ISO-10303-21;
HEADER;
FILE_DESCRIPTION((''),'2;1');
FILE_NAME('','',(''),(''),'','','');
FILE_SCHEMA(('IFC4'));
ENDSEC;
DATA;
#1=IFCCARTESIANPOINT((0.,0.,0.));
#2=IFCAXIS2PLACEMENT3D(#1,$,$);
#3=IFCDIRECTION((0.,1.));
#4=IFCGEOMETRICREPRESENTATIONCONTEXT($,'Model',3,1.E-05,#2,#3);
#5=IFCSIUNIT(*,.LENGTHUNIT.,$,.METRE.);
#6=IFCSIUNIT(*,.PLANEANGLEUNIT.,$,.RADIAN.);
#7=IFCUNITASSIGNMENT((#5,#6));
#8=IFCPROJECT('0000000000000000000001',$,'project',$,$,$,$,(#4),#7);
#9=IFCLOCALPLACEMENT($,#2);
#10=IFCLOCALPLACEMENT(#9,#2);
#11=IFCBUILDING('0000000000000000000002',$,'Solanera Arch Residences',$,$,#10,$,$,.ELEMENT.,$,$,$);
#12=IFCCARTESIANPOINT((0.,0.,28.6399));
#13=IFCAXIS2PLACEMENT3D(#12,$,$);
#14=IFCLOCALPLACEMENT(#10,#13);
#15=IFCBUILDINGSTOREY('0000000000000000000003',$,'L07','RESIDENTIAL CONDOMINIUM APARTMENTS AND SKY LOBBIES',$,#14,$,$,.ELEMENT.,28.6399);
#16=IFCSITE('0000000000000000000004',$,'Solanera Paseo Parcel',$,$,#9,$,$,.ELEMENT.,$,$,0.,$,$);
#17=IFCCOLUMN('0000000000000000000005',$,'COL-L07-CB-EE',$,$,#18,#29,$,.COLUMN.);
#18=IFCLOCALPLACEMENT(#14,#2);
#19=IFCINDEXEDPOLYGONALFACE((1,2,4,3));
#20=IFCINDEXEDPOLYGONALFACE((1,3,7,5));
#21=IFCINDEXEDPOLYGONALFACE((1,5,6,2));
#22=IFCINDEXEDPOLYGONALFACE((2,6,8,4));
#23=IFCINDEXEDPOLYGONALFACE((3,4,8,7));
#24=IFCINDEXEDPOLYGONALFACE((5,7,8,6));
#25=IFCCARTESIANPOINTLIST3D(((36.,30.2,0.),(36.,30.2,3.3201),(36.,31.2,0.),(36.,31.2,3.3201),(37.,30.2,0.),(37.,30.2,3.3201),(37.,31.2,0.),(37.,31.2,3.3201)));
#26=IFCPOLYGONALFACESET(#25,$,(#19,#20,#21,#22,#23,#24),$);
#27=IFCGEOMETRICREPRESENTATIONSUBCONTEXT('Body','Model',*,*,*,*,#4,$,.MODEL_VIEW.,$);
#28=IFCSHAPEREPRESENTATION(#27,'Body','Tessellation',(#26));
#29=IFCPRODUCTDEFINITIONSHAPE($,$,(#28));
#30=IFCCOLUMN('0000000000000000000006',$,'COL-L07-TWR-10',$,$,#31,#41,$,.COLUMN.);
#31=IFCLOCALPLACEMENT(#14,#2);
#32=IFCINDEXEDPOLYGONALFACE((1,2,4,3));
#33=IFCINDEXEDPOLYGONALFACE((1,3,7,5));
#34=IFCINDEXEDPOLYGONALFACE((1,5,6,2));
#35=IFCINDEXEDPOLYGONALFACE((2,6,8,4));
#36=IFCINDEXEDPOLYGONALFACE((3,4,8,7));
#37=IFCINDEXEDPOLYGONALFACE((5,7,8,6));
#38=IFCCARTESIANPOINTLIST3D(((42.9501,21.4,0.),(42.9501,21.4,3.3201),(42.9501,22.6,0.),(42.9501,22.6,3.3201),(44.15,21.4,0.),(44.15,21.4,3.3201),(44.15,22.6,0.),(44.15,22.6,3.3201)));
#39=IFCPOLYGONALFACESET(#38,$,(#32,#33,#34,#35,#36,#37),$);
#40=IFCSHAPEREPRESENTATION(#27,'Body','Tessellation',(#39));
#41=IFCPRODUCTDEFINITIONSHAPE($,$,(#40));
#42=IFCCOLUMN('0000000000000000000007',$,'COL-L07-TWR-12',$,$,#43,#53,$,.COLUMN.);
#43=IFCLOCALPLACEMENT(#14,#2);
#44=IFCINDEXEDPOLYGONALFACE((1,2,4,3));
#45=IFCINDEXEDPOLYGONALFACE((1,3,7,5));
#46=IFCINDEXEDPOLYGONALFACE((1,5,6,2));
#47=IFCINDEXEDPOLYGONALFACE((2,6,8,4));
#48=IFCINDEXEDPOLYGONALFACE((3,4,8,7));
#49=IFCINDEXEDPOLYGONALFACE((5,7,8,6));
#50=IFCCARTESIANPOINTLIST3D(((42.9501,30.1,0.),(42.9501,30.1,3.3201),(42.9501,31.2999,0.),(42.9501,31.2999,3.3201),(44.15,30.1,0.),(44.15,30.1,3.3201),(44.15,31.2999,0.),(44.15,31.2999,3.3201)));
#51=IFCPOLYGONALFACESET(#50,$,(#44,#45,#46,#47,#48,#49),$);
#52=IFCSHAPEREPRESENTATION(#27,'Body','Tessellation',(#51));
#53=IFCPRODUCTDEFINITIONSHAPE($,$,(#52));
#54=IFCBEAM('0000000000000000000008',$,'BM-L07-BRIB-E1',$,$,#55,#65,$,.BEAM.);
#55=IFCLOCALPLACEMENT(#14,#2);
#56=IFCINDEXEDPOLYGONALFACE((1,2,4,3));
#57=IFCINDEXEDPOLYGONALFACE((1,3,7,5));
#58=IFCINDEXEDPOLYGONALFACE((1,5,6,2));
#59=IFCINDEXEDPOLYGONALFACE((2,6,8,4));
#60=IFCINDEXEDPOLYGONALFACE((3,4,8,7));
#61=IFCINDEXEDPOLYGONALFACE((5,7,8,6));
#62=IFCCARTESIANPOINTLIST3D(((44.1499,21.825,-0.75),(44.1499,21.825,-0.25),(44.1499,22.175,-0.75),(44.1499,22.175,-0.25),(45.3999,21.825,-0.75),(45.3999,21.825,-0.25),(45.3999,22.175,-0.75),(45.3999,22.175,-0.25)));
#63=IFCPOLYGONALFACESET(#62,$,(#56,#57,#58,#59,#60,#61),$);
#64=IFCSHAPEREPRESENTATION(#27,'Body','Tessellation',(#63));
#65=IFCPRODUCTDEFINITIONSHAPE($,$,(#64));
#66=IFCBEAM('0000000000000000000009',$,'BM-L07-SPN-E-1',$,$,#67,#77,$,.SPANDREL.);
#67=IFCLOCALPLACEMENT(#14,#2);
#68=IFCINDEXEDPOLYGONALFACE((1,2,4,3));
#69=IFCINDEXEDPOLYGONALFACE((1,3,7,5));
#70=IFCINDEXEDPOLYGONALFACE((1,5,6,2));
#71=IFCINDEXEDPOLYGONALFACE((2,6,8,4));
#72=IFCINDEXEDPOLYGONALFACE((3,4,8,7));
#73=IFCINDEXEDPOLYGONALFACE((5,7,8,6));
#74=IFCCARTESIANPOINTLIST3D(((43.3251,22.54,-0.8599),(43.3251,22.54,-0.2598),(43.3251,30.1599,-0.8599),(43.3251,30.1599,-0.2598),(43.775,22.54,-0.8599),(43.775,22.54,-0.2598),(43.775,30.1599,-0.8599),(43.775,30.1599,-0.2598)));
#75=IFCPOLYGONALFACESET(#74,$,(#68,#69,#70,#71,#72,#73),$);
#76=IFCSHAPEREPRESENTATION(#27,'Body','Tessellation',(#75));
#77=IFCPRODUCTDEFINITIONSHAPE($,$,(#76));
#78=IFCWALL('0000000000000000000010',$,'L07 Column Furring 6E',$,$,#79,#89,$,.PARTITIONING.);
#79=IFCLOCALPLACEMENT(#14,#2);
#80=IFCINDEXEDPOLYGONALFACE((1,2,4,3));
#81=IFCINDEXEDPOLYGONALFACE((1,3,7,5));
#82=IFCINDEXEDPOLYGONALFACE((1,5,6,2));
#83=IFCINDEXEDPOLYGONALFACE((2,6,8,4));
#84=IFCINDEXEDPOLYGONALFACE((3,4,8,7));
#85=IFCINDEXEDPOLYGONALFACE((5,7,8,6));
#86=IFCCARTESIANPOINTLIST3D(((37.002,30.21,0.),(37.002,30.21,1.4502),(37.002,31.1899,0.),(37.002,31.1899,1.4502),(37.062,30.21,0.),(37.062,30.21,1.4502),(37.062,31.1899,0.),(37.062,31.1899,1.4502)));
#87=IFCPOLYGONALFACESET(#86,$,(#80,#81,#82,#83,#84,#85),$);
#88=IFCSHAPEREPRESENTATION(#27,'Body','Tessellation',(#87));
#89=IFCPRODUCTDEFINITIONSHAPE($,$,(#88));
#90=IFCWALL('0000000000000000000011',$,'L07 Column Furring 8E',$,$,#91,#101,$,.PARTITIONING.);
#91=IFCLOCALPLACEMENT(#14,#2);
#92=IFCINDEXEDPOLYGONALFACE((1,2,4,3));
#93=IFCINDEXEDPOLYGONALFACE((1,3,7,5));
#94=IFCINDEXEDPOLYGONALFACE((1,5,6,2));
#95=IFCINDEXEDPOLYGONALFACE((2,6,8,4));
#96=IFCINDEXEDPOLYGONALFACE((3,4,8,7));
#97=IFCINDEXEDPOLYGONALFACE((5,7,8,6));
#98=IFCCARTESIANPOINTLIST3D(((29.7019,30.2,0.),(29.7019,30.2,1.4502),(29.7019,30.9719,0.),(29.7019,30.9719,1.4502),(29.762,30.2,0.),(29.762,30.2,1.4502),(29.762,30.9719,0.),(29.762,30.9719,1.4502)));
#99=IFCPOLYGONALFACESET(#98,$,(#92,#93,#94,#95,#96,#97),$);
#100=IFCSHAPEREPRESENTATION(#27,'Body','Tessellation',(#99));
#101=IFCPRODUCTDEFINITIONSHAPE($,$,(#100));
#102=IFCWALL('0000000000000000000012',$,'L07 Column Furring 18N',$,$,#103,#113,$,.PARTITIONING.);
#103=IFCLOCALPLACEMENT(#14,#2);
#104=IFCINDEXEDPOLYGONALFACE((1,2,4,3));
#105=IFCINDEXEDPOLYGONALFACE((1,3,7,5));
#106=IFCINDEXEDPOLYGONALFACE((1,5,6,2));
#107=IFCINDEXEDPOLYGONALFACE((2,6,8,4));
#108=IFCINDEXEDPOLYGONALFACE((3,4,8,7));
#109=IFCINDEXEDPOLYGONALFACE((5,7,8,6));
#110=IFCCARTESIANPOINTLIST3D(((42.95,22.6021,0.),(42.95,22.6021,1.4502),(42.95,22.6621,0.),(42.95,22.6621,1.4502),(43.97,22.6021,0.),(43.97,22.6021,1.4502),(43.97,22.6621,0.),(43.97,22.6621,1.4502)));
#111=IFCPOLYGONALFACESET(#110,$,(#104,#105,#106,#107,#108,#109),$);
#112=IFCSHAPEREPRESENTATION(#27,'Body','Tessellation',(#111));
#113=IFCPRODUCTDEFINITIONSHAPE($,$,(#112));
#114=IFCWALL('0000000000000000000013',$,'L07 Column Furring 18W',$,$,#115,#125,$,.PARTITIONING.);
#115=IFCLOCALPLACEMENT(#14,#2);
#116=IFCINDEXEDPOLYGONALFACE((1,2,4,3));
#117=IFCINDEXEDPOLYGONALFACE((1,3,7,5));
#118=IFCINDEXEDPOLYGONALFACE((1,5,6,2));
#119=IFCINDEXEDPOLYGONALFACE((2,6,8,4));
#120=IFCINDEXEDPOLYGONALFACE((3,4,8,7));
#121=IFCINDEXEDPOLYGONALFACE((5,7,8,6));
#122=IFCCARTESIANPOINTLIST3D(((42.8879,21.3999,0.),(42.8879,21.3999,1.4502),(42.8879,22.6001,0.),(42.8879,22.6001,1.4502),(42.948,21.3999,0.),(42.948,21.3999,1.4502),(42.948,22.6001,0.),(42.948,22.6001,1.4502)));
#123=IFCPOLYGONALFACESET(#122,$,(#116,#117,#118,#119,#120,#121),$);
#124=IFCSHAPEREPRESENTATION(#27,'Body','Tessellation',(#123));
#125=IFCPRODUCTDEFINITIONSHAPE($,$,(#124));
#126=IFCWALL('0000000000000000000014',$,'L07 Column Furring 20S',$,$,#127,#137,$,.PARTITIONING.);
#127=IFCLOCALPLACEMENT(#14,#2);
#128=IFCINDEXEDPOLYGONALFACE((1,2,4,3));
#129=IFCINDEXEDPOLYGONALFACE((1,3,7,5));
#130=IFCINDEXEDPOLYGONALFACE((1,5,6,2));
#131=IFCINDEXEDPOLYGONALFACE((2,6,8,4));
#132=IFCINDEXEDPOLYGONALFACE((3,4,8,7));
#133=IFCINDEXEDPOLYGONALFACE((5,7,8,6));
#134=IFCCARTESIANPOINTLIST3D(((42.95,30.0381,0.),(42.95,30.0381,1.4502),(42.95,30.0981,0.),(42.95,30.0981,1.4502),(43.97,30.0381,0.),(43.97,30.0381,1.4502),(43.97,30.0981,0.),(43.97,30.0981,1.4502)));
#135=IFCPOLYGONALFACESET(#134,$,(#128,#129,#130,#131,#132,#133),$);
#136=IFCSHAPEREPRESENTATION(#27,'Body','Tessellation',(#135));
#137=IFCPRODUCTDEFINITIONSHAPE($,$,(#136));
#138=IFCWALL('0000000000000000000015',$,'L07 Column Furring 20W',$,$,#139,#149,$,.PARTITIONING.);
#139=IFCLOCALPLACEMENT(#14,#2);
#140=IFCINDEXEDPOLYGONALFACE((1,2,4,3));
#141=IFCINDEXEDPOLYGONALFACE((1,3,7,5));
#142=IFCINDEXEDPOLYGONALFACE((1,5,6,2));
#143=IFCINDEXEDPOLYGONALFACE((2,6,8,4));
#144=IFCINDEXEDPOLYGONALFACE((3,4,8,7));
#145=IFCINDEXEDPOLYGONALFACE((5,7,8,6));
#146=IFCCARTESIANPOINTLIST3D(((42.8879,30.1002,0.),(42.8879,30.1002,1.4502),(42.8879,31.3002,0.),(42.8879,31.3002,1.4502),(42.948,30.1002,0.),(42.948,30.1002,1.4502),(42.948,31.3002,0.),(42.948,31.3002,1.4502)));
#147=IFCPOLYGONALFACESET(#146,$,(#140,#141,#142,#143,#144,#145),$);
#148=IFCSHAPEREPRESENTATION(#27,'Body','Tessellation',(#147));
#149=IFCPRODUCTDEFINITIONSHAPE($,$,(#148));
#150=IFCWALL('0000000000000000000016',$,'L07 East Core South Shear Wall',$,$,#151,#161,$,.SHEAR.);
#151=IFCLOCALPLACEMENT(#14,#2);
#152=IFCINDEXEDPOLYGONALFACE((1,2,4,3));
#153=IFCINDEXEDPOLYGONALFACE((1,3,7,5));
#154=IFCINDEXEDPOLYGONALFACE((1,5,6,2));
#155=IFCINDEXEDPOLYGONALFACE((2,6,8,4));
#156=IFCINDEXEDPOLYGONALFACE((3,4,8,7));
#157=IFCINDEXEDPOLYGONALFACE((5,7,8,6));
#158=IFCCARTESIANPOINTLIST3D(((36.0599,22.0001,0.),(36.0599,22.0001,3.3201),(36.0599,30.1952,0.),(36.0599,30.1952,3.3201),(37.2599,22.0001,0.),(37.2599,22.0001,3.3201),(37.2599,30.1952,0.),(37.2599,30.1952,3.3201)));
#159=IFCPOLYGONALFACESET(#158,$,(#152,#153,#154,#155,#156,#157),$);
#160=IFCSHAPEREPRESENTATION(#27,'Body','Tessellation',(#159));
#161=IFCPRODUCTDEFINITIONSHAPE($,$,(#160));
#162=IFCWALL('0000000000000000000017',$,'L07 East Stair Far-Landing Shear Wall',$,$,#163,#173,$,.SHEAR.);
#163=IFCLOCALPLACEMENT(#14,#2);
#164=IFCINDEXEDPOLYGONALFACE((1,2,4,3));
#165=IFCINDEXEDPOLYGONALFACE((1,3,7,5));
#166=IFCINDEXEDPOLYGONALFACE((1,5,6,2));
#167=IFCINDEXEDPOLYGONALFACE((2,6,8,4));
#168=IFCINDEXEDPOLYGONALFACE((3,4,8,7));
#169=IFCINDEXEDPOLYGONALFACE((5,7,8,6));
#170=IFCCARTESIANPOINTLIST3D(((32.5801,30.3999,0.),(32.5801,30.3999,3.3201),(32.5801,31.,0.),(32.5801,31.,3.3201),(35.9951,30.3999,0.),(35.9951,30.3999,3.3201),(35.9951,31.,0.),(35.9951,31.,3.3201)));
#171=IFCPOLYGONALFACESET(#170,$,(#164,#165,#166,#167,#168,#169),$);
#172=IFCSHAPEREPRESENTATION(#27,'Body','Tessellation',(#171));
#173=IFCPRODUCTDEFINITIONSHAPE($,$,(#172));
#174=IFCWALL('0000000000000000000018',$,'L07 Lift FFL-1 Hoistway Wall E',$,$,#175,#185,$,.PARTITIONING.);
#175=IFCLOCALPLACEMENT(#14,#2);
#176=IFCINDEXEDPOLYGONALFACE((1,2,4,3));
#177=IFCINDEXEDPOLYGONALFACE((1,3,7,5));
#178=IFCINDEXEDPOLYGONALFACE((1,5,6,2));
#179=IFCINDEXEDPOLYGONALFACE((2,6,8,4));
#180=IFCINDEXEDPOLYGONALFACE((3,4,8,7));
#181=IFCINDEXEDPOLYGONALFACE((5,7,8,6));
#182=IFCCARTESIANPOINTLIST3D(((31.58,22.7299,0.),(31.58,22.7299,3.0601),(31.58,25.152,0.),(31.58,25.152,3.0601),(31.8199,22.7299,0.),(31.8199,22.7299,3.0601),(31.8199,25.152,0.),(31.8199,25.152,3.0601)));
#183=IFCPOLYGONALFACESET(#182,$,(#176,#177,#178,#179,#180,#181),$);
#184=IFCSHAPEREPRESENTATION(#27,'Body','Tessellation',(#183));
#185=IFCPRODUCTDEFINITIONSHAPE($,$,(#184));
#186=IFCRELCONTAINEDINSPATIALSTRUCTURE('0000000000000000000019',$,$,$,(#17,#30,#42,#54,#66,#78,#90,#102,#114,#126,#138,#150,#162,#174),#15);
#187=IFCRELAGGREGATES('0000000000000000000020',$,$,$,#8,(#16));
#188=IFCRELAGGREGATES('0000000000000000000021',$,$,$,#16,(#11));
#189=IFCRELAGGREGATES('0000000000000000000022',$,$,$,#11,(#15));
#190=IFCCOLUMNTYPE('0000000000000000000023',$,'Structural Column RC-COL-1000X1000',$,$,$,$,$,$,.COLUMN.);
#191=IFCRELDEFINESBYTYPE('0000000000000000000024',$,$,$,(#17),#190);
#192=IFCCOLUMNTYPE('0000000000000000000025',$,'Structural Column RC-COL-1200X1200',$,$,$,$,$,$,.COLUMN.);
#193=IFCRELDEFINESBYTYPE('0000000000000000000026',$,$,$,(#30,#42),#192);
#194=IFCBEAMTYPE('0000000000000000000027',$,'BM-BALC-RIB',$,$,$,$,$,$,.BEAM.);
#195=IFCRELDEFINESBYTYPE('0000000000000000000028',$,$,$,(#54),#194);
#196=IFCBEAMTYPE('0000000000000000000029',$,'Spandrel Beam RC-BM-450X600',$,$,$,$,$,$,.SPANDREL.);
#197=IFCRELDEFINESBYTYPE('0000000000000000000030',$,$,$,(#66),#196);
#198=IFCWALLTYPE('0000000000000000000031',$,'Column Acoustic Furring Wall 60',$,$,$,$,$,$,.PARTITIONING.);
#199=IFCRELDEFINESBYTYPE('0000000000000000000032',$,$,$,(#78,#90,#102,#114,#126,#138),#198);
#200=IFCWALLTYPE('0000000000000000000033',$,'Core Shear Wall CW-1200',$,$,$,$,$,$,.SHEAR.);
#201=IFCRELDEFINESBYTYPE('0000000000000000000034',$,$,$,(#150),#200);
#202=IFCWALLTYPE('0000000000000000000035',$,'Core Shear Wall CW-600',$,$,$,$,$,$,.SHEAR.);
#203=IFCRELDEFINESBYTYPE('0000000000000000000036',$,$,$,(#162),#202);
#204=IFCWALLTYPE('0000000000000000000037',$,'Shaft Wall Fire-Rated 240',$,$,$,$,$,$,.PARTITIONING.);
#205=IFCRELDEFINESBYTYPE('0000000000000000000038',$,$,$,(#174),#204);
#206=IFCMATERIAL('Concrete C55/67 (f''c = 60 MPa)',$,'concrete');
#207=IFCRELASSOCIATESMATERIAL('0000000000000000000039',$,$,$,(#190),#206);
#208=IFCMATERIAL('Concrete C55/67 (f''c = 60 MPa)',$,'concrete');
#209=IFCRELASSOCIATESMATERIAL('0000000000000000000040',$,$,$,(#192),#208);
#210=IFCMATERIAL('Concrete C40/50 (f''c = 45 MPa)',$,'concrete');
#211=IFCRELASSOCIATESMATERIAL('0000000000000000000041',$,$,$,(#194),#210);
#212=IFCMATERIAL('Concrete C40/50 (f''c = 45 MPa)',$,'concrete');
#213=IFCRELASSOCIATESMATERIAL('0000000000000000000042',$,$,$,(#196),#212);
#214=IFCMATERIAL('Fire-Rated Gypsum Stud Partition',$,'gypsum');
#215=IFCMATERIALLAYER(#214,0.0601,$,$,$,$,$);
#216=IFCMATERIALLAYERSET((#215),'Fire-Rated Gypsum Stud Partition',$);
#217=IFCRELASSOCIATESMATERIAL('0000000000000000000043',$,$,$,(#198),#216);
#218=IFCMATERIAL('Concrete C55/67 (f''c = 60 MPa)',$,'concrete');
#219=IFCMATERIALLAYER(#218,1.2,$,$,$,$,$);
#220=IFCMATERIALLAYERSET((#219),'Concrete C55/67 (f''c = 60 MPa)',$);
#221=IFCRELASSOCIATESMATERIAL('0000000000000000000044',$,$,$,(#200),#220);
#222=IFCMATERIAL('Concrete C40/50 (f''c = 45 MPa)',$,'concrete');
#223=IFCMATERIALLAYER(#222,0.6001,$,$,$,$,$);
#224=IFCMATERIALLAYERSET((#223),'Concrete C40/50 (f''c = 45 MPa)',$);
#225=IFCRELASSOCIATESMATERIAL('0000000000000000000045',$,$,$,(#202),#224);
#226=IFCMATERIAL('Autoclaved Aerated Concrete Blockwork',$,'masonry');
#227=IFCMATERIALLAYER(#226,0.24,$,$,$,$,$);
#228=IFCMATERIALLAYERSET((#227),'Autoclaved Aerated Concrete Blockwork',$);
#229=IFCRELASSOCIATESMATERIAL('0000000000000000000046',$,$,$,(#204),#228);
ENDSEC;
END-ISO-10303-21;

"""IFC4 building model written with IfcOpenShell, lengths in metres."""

from ifc_helpers import new_model, si_unit, direction, frame, frame_2d, origin, origin_2d, place, context, subcontext, project, spatial, rectangle, extrude, material, layer, layer_set, material_profile, profile_set, type_object, element, save


model = new_model("IFC4")

# Units and contexts
model_context = context("Model", 3, precision=1e-05, world=origin(), true_north=direction((0.0, 1.0)))
body_context = subcontext(model_context, "Body", "Model", "MODEL_VIEW")
ifc_project = project(units=[si_unit("LENGTHUNIT", "METRE"), si_unit("PLANEANGLEUNIT", "RADIAN")], contexts=[model_context])

# Site, building, storey
site_placement = place(None, origin())
site = spatial("IfcSite", under=ifc_project, at=site_placement, Name="Solanera Paseo Parcel", CompositionType="ELEMENT", RefElevation=0.0)
building_placement = place(site_placement, origin())
building = spatial("IfcBuilding", under=site, at=building_placement, Name="Solanera Arch Residences", CompositionType="ELEMENT")
storey_placement = place(building_placement, frame((0.0, 0.0, 28.6399)))
storey = spatial("IfcBuildingStorey", under=building, at=storey_placement, Name="L07", Description="RESIDENTIAL CONDOMINIUM APARTMENTS AND SKY LOBBIES", CompositionType="ELEMENT", Elevation=28.6399)

# Columns
ifc_material_1 = material(Name="Concrete C55/67 (f'c = 60 MPa)", Category="concrete")
ifc_material_profile_1 = material_profile(ifc_material_1, rectangle(XDim=1.0, YDim=1.0, at=origin_2d()))
ifc_profile_set_1 = profile_set([ifc_material_profile_1], Name="Concrete C55/67 (f'c = 60 MPa)")
column_type_1 = type_object("IfcColumnType", Name="Structural Column RC-COL-1000X1000", PredefinedType="COLUMN", material=ifc_profile_set_1)
column_placement = place(storey_placement, frame((36.5, 30.7, 0.0), z_axis=(0.0, 0.0, 1.0), x_axis=(1.0, 0.0, 0.0)))
element("IfcColumn", 1, at=column_placement, inside=storey, type_object=column_type_1, Name="COL-L07-CB-EE", PredefinedType="COLUMN", context=body_context, shape_type="SweptSolid", body=[
    extrude(rectangle(XDim=1.0, YDim=1.0, at=origin_2d()), origin(), (0.0, 0.0, 1.0), 3.3201),
])
ifc_material_2 = material(Name="Concrete C55/67 (f'c = 60 MPa)", Category="concrete")
ifc_material_profile_2 = material_profile(ifc_material_2, rectangle(XDim=1.2, YDim=1.2, at=origin_2d()))
ifc_profile_set_2 = profile_set([ifc_material_profile_2], Name="Concrete C55/67 (f'c = 60 MPa)")
column_type_2 = type_object("IfcColumnType", Name="Structural Column RC-COL-1200X1200", PredefinedType="COLUMN", material=ifc_profile_set_2)
for number, where, z_axis, x_axis, name in (
    (2, (43.55, 22.0, 0.0), (0.0, 0.0, 1.0), (1.0, 0.0, 0.0), "COL-L07-TWR-10"),
    (3, (43.55, 30.7, 0.0), (0.0, 0.0, 1.0), (1.0, 0.0, 0.0), "COL-L07-TWR-12"),
):
    element("IfcColumn", number, at=place(storey_placement, frame(where, z_axis=z_axis, x_axis=x_axis)), inside=storey, type_object=column_type_2, Name=name, PredefinedType="COLUMN", context=body_context, shape_type="SweptSolid", body=[
        extrude(rectangle(XDim=1.2, YDim=1.2, at=origin_2d()), origin(), (0.0, 0.0, 1.0), 3.3201),
    ])

# Beams
ifc_material_3 = material(Name="Concrete C40/50 (f'c = 45 MPa)", Category="concrete")
ifc_material_profile_3 = material_profile(ifc_material_3, rectangle(XDim=0.3501, YDim=0.5, at=origin_2d()))
ifc_profile_set_3 = profile_set([ifc_material_profile_3], Name="Concrete C40/50 (f'c = 45 MPa)")
beam_type_1 = type_object("IfcBeamType", Name="BM-BALC-RIB", PredefinedType="BEAM", material=ifc_profile_set_3)
beam_1_placement = place(storey_placement, frame((44.1499, 22.0, -0.5), z_axis=(1.0, 0.0, 0.0), x_axis=(0.0, 1.0, 0.0)))
element("IfcBeam", 4, at=beam_1_placement, inside=storey, type_object=beam_type_1, Name="BM-L07-BRIB-E1", PredefinedType="BEAM", context=body_context, shape_type="SweptSolid", body=[
    extrude(rectangle(XDim=0.3501, YDim=0.5, at=origin_2d()), origin(), (0.0, 0.0, 1.0), 1.25),
])
ifc_material_4 = material(Name="Concrete C40/50 (f'c = 45 MPa)", Category="concrete")
ifc_material_profile_4 = material_profile(ifc_material_4, rectangle(XDim=0.45, YDim=0.6001, at=origin_2d()))
ifc_profile_set_4 = profile_set([ifc_material_profile_4], Name="Concrete C40/50 (f'c = 45 MPa)")
beam_type_2 = type_object("IfcBeamType", Name="Spandrel Beam RC-BM-450X600", PredefinedType="SPANDREL", material=ifc_profile_set_4)
beam_2_placement = place(storey_placement, frame((43.55, 22.54, -0.5598), z_axis=(0.0, 1.0, 0.0), x_axis=(-1.0, 0.0, 0.0)))
element("IfcBeam", 5, at=beam_2_placement, inside=storey, type_object=beam_type_2, Name="BM-L07-SPN-E-1", PredefinedType="SPANDREL", context=body_context, shape_type="SweptSolid", body=[
    extrude(rectangle(XDim=0.45, YDim=0.6001, at=origin_2d()), origin(), (0.0, 0.0, 1.0), 7.6199),
])

# Walls
ifc_material_5 = material(Name="Fire-Rated Gypsum Stud Partition", Category="gypsum")
ifc_layer_1 = layer(ifc_material_5, 0.0601)
ifc_layer_set_1 = layer_set([ifc_layer_1], Name="Fire-Rated Gypsum Stud Partition")
wall_type_1 = type_object("IfcWallType", Name="Column Acoustic Furring Wall 60", PredefinedType="PARTITIONING", material=ifc_layer_set_1)
wall_1_placement = place(storey_placement, frame((37.032, 30.21, 0.0), z_axis=(0.0, 0.0, 1.0), x_axis=(0.0, 1.0, 0.0)))
element("IfcWall", 6, at=wall_1_placement, inside=storey, type_object=wall_type_1, Name="L07 Column Furring 6E", PredefinedType="PARTITIONING", context=body_context, shape_type="SweptSolid", body=[
    extrude(rectangle(XDim=0.98, YDim=0.0601, at=frame_2d((0.49, 0.0))), origin(), (0.0, 0.0, 1.0), 1.4502),
])
wall_2_placement = place(storey_placement, frame((29.7319, 30.2, 0.0), z_axis=(0.0, 0.0, 1.0), x_axis=(0.0, 1.0, 0.0)))
element("IfcWall", 7, at=wall_2_placement, inside=storey, type_object=wall_type_1, Name="L07 Column Furring 8E", PredefinedType="PARTITIONING", context=body_context, shape_type="SweptSolid", body=[
    extrude(rectangle(XDim=0.772, YDim=0.0601, at=frame_2d((0.386, 0.0))), origin(), (0.0, 0.0, 1.0), 1.4502),
])
wall_3_placement = place(storey_placement, frame((42.95, 22.6321, 0.0), z_axis=(0.0, 0.0, 1.0), x_axis=(1.0, 0.0, 0.0)))
element("IfcWall", 8, at=wall_3_placement, inside=storey, type_object=wall_type_1, Name="L07 Column Furring 18N", PredefinedType="PARTITIONING", context=body_context, shape_type="SweptSolid", body=[
    extrude(rectangle(XDim=1.02, YDim=0.0601, at=frame_2d((0.51, 0.0))), origin(), (0.0, 0.0, 1.0), 1.4502),
])
wall_4_placement = place(storey_placement, frame((42.918, 21.3999, 0.0), z_axis=(0.0, 0.0, 1.0), x_axis=(0.0, 1.0, 0.0)))
element("IfcWall", 9, at=wall_4_placement, inside=storey, type_object=wall_type_1, Name="L07 Column Furring 18W", PredefinedType="PARTITIONING", context=body_context, shape_type="SweptSolid", body=[
    extrude(rectangle(XDim=1.2002, YDim=0.0601, at=frame_2d((0.6001, 0.0))), origin(), (0.0, 0.0, 1.0), 1.4502),
])
wall_5_placement = place(storey_placement, frame((42.95, 30.0681, 0.0), z_axis=(0.0, 0.0, 1.0), x_axis=(1.0, 0.0, 0.0)))
element("IfcWall", 10, at=wall_5_placement, inside=storey, type_object=wall_type_1, Name="L07 Column Furring 20S", PredefinedType="PARTITIONING", context=body_context, shape_type="SweptSolid", body=[
    extrude(rectangle(XDim=1.02, YDim=0.0601, at=frame_2d((0.51, 0.0))), origin(), (0.0, 0.0, 1.0), 1.4502),
])
wall_6_placement = place(storey_placement, frame((42.918, 30.1001, 0.0), z_axis=(0.0, 0.0, 1.0), x_axis=(0.0, 1.0, 0.0)))
element("IfcWall", 11, at=wall_6_placement, inside=storey, type_object=wall_type_1, Name="L07 Column Furring 20W", PredefinedType="PARTITIONING", context=body_context, shape_type="SweptSolid", body=[
    extrude(rectangle(XDim=1.2, YDim=0.0601, at=frame_2d((0.6001, 0.0))), origin(), (0.0, 0.0, 1.0), 1.4502),
])
ifc_material_6 = material(Name="Concrete C55/67 (f'c = 60 MPa)", Category="concrete")
ifc_layer_2 = layer(ifc_material_6, 1.2)
ifc_layer_set_2 = layer_set([ifc_layer_2], Name="Concrete C55/67 (f'c = 60 MPa)")
wall_type_2 = type_object("IfcWallType", Name="Core Shear Wall CW-1200", PredefinedType="SHEAR", material=ifc_layer_set_2)
wall_7_placement = place(storey_placement, frame((36.6599, 22.0, 0.0), z_axis=(0.0, 0.0, 1.0), x_axis=(0.0, 1.0, 0.0)))
element("IfcWall", 12, at=wall_7_placement, inside=storey, type_object=wall_type_2, Name="L07 East Core South Shear Wall", PredefinedType="SHEAR", context=body_context, shape_type="SweptSolid", body=[
    extrude(rectangle(XDim=8.1951, YDim=1.2, at=frame_2d((4.0977, 0.0))), origin(), (0.0, 0.0, 1.0), 3.3201),
])
ifc_material_7 = material(Name="Concrete C40/50 (f'c = 45 MPa)", Category="concrete")
ifc_layer_3 = layer(ifc_material_7, 0.6001)
ifc_layer_set_3 = layer_set([ifc_layer_3], Name="Concrete C40/50 (f'c = 45 MPa)")
wall_type_3 = type_object("IfcWallType", Name="Core Shear Wall CW-600", PredefinedType="SHEAR", material=ifc_layer_set_3)
wall_8_placement = place(storey_placement, frame((32.5801, 30.7, 0.0), z_axis=(0.0, 0.0, 1.0), x_axis=(1.0, 0.0, 0.0)))
element("IfcWall", 13, at=wall_8_placement, inside=storey, type_object=wall_type_3, Name="L07 East Stair Far-Landing Shear Wall", PredefinedType="SHEAR", context=body_context, shape_type="SweptSolid", body=[
    extrude(rectangle(XDim=3.415, YDim=0.6001, at=frame_2d((1.7075, 0.0))), origin(), (0.0, 0.0, 1.0), 3.3201),
])
ifc_material_8 = material(Name="Autoclaved Aerated Concrete Blockwork", Category="masonry")
ifc_layer_4 = layer(ifc_material_8, 0.24)
ifc_layer_set_4 = layer_set([ifc_layer_4], Name="Autoclaved Aerated Concrete Blockwork")
wall_type_4 = type_object("IfcWallType", Name="Shaft Wall Fire-Rated 240", PredefinedType="PARTITIONING", material=ifc_layer_set_4)
wall_9_placement = place(storey_placement, frame((31.7, 22.73, 0.0), z_axis=(0.0, 0.0, 1.0), x_axis=(0.0, 1.0, 0.0)))
element("IfcWall", 14, at=wall_9_placement, inside=storey, type_object=wall_type_4, Name="L07 Lift FFL-1 Hoistway Wall E", PredefinedType="PARTITIONING", context=body_context, shape_type="SweptSolid", body=[
    extrude(rectangle(XDim=2.4221, YDim=0.24, at=frame_2d((1.2109, 0.0))), origin(), (0.0, 0.0, 1.0), 3.0601),
])

save(model, "model.ifc")
